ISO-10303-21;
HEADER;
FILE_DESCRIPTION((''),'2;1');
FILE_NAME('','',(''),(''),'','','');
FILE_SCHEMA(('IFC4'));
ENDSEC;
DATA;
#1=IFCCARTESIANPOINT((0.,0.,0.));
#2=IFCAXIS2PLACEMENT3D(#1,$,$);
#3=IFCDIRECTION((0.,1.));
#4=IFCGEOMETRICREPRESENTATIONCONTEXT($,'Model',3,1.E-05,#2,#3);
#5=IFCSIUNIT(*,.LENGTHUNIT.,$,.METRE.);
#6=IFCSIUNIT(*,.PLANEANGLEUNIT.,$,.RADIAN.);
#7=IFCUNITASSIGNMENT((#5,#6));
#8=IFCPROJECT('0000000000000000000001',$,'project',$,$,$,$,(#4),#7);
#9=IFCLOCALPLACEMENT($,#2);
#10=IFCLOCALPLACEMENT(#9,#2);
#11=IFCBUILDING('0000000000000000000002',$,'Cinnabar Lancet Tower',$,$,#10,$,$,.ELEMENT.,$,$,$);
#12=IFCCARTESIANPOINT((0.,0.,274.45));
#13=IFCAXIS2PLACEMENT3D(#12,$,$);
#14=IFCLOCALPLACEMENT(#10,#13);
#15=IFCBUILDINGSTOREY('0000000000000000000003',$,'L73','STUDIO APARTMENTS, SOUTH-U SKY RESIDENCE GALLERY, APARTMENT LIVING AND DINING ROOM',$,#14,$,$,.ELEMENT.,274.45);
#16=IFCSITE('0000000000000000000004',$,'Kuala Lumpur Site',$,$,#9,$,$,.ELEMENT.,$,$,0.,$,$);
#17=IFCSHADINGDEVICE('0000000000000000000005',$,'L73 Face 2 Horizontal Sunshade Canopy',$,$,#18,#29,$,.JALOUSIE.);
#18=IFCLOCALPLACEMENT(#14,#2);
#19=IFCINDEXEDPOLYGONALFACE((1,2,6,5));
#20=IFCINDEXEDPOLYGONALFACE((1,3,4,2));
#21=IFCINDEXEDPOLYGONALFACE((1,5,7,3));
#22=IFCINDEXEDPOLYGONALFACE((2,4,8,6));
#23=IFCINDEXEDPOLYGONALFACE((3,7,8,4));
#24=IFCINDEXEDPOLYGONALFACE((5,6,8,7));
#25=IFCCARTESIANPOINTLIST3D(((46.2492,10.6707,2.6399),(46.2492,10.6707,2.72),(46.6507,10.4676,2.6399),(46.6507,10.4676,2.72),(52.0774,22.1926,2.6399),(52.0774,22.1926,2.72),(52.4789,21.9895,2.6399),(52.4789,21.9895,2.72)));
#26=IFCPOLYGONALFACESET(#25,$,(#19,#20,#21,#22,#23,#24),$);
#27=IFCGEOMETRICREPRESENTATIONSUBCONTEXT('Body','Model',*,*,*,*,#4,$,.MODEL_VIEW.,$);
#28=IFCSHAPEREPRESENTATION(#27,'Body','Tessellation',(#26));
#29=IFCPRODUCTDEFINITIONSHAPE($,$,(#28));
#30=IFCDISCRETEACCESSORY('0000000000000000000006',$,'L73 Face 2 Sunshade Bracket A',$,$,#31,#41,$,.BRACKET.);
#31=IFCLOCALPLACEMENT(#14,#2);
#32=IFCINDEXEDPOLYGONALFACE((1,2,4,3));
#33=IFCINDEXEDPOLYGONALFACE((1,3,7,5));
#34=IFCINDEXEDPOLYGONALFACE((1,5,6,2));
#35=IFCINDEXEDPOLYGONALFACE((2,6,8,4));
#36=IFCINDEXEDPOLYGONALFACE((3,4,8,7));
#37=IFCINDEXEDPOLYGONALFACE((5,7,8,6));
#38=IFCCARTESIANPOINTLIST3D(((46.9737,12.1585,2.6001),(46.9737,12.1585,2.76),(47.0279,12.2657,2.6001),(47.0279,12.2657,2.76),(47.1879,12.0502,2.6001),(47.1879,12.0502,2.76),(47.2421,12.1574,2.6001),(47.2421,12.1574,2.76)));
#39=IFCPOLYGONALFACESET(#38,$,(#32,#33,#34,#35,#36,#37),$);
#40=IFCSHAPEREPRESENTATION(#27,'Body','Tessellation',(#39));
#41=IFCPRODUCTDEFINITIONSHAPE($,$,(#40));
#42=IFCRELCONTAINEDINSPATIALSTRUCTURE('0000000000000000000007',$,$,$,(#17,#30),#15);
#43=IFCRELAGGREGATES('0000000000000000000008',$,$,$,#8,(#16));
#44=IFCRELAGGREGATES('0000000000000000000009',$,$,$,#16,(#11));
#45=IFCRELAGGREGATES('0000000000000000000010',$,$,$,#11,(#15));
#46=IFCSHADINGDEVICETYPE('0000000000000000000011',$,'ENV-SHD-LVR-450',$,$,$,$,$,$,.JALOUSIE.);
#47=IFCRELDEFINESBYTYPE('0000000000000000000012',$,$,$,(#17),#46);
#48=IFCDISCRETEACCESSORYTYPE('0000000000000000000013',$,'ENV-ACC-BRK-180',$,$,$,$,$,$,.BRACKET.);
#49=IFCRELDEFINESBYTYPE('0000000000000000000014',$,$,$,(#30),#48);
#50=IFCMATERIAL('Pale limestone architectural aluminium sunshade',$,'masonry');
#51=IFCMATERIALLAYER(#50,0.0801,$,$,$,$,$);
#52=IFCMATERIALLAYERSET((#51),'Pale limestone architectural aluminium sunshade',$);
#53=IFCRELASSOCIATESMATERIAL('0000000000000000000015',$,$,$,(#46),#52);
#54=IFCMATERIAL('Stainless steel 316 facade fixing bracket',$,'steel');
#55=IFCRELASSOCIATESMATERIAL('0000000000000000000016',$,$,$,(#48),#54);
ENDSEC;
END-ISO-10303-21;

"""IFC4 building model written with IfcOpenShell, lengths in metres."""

from ifc_helpers import new_model, si_unit, direction, frame, origin, origin_2d, place, context, subcontext, project, spatial, rectangle, extrude, material, layer, layer_set, type_object, element, save


model = new_model("IFC4")

# Units and contexts
model_context = context("Model", 3, precision=1e-05, world=origin(), true_north=direction((0.0, 1.0)))
body_context = subcontext(model_context, "Body", "Model", "MODEL_VIEW")
ifc_project = project(units=[si_unit("LENGTHUNIT", "METRE"), si_unit("PLANEANGLEUNIT", "RADIAN")], contexts=[model_context])

# Site, building, storey
site_placement = place(None, origin())
site = spatial("IfcSite", under=ifc_project, at=site_placement, Name="Kuala Lumpur Site", CompositionType="ELEMENT", RefElevation=0.0)
building_placement = place(site_placement, origin())
building = spatial("IfcBuilding", under=site, at=building_placement, Name="Cinnabar Lancet Tower", CompositionType="ELEMENT")
storey_placement = place(building_placement, frame((0.0, 0.0, 274.45)))
storey = spatial("IfcBuildingStorey", under=building, at=storey_placement, Name="L73", Description="STUDIO APARTMENTS, SOUTH-U SKY RESIDENCE GALLERY, APARTMENT LIVING AND DINING ROOM", CompositionType="ELEMENT", Elevation=274.45)

# Shading device
ifc_material_1 = material(Name="Pale limestone architectural aluminium sunshade", Category="masonry")
ifc_layer_1 = layer(ifc_material_1, 0.0801)
ifc_layer_set_1 = layer_set([ifc_layer_1], Name="Pale limestone architectural aluminium sunshade")
shading_device_type = type_object("IfcShadingDeviceType", Name="ENV-SHD-LVR-450", PredefinedType="JALOUSIE", material=ifc_layer_set_1)
shading_device_placement = place(storey_placement, frame((49.364, 16.3301, 2.6399), z_axis=(0.0, 0.0, 1.0), x_axis=(0.451376, 0.892334, 0.0)))
element("IfcShadingDevice", 1, at=shading_device_placement, inside=storey, type_object=shading_device_type, Name="L73 Face 2 Horizontal Sunshade Canopy", PredefinedType="JALOUSIE", context=body_context, shape_type="SweptSolid", body=[
    extrude(rectangle(XDim=12.9121, YDim=0.45, at=origin_2d()), origin(), (0.0, 0.0, 1.0), 0.0801),
])

# Discrete accessory
ifc_material_2 = material(Name="Stainless steel 316 facade fixing bracket", Category="steel")
discrete_accessory_type = type_object("IfcDiscreteAccessoryType", Name="ENV-ACC-BRK-180", PredefinedType="BRACKET", material=ifc_material_2)
discrete_accessory_placement = place(storey_placement, frame((47.1079, 12.158, 2.6001), z_axis=(0.0, 0.0, 1.0), x_axis=(0.451376, 0.892334, 0.0)))
element("IfcDiscreteAccessory", 2, at=discrete_accessory_placement, inside=storey, type_object=discrete_accessory_type, Name="L73 Face 2 Sunshade Bracket A", PredefinedType="BRACKET", context=body_context, shape_type="SweptSolid", body=[
    extrude(rectangle(XDim=0.1201, YDim=0.24, at=origin_2d()), origin(), (0.0, 0.0, 1.0), 0.1599),
])

save(model, "model.ifc")
